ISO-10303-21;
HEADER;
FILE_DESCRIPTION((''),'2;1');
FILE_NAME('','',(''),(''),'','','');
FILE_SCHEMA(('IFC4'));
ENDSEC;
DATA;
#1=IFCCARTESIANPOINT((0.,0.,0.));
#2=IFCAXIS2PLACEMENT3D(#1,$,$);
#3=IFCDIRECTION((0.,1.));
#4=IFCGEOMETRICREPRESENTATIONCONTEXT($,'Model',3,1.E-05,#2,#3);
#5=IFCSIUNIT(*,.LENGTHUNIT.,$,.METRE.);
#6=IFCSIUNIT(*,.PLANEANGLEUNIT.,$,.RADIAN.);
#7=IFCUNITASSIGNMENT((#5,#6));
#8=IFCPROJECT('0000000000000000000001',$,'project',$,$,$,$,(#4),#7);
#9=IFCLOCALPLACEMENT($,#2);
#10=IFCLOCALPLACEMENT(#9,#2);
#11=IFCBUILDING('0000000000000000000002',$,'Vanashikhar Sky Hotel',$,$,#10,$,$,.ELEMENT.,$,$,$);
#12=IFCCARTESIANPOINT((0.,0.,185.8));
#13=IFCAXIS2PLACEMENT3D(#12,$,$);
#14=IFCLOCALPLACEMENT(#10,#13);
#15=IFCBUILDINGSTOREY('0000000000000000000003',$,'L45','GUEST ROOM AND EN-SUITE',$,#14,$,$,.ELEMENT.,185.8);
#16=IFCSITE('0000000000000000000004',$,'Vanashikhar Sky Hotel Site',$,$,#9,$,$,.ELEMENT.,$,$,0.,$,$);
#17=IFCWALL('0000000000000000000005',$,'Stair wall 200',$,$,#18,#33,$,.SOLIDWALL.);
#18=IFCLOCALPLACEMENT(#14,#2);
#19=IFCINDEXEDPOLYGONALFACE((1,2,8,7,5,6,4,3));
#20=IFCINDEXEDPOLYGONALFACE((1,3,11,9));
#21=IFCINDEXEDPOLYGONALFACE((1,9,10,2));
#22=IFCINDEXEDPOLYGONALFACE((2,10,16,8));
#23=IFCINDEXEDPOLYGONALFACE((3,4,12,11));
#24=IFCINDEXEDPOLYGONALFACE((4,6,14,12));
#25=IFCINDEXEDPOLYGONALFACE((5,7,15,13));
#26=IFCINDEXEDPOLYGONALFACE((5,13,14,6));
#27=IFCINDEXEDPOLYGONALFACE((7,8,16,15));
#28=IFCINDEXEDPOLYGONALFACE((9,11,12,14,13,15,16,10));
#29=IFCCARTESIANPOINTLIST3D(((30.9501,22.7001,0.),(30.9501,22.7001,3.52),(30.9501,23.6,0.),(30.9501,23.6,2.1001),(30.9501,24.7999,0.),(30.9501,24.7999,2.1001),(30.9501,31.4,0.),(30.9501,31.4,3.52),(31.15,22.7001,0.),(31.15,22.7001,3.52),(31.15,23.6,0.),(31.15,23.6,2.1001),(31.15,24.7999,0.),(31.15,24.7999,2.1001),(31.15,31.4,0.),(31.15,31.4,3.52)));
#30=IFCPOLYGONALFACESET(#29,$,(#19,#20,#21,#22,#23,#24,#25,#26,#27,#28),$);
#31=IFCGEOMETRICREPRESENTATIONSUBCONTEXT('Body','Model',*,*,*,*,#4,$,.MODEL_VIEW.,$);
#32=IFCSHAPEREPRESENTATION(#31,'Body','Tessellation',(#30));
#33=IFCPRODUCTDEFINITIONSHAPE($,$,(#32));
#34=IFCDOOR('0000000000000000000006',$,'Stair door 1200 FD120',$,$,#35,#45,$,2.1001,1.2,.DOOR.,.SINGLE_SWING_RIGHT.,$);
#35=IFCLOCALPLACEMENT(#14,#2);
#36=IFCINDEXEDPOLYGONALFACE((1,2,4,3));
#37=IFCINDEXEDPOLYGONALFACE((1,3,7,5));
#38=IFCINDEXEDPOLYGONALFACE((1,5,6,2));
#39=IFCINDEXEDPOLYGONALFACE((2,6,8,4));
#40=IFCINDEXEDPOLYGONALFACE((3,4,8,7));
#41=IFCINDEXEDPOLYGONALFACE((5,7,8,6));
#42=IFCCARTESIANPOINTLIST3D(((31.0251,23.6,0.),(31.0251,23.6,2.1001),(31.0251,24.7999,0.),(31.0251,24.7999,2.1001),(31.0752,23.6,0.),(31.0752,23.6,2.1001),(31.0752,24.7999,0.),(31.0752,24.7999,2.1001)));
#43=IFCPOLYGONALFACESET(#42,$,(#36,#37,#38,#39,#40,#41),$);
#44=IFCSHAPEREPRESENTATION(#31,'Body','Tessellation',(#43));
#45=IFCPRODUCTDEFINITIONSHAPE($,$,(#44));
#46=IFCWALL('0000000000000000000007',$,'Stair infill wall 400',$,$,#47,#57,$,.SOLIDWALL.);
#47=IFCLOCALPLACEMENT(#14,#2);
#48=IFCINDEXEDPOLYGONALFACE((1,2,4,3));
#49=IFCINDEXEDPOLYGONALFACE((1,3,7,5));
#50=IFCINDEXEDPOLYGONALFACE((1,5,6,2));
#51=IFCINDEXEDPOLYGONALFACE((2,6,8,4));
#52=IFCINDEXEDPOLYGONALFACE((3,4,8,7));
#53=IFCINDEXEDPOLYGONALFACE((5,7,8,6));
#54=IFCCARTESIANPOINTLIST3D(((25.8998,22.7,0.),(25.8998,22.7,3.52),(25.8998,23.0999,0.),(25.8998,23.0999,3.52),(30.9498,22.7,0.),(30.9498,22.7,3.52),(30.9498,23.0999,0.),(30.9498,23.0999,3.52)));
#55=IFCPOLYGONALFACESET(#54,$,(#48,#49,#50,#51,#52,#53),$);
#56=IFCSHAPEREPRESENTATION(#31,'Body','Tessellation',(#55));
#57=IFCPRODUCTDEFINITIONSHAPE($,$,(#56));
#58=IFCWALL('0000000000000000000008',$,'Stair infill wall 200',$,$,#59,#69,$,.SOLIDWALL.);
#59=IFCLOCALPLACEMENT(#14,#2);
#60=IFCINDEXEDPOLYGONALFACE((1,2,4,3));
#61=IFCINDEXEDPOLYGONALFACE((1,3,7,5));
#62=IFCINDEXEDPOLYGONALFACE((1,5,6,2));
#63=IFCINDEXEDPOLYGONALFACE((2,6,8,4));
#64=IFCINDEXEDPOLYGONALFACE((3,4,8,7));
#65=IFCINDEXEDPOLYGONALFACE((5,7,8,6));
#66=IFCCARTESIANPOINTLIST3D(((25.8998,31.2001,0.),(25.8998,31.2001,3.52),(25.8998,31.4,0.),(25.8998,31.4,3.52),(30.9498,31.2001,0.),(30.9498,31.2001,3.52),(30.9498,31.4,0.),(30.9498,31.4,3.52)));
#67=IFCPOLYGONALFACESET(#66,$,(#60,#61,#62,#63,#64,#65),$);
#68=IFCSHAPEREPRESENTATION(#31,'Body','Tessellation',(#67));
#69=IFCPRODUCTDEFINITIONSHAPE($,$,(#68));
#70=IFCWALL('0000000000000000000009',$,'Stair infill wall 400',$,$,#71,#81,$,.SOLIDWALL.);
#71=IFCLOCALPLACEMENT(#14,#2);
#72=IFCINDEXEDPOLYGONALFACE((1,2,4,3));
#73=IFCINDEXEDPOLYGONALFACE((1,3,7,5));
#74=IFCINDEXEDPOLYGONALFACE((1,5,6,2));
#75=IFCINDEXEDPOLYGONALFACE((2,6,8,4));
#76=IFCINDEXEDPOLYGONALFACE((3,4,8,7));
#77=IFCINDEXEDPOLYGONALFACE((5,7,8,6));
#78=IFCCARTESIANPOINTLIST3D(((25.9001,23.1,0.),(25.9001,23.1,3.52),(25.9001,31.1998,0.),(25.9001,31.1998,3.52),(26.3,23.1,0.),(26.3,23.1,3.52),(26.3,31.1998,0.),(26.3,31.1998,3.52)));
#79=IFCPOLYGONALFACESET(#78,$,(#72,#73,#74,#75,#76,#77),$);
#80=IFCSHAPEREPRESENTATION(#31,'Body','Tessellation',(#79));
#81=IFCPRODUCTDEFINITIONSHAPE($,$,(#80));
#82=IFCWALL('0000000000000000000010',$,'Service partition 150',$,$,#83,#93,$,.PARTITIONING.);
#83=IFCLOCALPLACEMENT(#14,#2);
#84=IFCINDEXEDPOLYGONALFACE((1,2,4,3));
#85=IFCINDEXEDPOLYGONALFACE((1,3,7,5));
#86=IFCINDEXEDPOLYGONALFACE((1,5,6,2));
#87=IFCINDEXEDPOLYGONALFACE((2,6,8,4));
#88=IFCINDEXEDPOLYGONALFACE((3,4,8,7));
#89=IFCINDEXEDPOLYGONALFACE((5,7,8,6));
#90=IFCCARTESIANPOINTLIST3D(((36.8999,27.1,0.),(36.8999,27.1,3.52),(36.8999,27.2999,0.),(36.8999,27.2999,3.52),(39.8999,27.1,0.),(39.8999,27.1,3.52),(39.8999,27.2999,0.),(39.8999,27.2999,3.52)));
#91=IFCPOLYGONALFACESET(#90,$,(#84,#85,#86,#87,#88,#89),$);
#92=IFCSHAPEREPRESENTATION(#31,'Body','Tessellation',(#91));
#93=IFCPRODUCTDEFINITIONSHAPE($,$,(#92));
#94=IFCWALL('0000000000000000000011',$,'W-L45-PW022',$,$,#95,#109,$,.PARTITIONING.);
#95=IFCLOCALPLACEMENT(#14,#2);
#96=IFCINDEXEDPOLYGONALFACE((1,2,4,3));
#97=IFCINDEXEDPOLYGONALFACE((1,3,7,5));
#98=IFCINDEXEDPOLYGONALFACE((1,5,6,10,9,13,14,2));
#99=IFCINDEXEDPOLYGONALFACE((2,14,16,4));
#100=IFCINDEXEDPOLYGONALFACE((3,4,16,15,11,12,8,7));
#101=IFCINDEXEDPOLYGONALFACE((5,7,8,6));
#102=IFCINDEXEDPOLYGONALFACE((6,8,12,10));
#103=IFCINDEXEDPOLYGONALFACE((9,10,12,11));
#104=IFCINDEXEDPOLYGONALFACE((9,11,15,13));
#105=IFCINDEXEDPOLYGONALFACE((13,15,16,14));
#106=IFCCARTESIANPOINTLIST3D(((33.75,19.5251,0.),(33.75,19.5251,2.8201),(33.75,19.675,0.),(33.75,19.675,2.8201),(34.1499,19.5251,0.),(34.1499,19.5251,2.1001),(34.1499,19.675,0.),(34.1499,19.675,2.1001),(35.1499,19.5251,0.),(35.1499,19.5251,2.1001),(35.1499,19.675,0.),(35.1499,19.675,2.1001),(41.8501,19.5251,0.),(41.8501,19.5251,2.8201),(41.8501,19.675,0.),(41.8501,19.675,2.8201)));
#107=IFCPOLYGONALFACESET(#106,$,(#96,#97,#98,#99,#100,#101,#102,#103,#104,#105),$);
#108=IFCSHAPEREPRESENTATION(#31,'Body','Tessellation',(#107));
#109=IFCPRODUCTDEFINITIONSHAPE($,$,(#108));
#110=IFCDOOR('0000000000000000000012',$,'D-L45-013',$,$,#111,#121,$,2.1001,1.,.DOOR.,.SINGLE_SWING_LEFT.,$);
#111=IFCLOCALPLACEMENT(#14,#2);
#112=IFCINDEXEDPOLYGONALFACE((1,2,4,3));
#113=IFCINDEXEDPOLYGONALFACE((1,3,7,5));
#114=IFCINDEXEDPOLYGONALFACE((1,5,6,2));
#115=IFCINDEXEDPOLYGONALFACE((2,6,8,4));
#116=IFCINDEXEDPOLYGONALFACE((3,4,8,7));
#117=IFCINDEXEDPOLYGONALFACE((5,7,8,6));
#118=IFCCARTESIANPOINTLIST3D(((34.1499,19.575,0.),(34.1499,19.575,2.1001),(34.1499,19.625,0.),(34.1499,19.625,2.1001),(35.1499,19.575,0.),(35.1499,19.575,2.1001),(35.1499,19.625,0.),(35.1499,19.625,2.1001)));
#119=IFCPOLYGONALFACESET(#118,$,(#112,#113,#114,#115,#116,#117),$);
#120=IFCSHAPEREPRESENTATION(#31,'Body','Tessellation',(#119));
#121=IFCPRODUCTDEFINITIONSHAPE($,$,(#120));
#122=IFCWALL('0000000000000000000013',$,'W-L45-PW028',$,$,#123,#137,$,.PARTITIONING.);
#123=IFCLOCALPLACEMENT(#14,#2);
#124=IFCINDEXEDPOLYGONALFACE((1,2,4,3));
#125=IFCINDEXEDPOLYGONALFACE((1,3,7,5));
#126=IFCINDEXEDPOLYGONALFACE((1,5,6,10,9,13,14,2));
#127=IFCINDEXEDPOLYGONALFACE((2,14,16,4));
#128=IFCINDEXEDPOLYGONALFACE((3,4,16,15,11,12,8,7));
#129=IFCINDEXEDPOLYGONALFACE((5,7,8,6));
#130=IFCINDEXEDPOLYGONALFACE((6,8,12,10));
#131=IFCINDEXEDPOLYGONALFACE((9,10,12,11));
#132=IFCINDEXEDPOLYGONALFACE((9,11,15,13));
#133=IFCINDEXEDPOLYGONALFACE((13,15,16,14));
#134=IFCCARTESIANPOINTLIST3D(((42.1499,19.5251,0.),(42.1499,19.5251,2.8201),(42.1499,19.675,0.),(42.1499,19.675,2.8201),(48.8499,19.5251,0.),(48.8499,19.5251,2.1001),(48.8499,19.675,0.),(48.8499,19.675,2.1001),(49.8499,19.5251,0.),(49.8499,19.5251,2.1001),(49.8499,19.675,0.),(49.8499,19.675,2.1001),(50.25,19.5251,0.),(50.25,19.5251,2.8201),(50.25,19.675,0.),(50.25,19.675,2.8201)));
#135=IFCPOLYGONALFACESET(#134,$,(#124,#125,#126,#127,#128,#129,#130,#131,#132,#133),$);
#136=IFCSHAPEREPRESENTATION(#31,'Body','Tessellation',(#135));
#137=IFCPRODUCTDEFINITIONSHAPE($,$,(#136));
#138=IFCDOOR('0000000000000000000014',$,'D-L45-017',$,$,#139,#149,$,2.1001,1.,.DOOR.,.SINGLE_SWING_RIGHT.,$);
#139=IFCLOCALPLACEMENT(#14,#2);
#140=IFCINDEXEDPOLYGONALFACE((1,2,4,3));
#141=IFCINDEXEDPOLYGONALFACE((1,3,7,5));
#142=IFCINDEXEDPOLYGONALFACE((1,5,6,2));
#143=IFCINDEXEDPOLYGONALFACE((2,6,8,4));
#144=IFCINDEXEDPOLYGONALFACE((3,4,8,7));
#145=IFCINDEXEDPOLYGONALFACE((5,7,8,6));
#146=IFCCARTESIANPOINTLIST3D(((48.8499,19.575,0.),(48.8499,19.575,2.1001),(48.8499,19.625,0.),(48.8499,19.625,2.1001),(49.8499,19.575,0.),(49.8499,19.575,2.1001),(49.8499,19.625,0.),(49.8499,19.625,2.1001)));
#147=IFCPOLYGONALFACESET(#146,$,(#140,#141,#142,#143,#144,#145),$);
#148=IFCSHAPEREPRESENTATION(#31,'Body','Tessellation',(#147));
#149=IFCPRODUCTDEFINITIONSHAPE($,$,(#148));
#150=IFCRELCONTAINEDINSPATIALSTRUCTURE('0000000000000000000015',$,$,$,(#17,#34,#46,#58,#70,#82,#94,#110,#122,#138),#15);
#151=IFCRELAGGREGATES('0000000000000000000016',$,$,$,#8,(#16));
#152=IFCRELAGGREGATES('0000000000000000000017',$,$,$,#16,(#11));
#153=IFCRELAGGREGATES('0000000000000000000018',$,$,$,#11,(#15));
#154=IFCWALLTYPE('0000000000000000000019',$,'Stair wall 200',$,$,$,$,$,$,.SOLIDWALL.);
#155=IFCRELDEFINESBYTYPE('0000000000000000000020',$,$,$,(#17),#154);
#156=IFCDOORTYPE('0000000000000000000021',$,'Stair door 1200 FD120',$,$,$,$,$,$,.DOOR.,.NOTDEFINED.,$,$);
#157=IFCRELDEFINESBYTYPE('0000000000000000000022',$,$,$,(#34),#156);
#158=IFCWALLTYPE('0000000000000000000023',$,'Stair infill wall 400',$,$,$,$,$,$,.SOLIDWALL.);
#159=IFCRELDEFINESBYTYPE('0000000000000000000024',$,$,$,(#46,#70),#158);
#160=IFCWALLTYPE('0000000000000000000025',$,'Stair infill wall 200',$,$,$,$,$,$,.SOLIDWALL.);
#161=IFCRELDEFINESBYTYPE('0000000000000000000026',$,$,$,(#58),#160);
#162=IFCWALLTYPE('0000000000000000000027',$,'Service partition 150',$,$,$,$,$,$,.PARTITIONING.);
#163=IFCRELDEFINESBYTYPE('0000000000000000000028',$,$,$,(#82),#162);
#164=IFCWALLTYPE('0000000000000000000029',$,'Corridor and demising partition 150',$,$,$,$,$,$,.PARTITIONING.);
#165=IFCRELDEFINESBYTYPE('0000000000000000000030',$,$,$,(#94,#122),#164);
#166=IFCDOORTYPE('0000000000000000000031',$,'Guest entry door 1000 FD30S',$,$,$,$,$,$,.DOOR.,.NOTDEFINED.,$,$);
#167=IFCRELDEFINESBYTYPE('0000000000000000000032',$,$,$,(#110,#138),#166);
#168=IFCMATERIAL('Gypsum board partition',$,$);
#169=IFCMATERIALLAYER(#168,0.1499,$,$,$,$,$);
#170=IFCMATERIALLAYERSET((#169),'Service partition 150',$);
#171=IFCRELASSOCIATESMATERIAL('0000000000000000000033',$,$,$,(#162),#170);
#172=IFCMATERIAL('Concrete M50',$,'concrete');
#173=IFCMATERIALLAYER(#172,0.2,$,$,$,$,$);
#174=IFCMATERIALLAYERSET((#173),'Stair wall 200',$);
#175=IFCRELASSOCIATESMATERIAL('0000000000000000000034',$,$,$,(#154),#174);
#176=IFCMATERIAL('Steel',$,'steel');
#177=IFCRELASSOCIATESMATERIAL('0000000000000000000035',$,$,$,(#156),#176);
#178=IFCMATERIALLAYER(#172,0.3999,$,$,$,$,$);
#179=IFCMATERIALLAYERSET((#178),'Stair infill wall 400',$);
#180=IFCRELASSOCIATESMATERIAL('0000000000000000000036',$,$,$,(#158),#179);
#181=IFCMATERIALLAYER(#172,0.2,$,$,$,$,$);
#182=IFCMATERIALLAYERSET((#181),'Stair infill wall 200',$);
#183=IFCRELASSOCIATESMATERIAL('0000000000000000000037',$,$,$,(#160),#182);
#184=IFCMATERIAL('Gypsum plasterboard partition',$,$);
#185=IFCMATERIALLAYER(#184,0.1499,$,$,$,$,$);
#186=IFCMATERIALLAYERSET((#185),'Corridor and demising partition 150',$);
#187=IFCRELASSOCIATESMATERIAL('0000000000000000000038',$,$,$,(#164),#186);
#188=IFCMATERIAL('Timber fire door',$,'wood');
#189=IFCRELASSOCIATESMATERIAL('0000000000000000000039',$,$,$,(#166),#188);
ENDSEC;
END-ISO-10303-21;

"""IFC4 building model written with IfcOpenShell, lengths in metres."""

from ifc_helpers import new_model, si_unit, direction, frame, frame_2d, origin, place, context, subcontext, project, spatial, rectangle, extrude, source, transform, mapped, material, layer, layer_set, type_object, element, fill, save


model = new_model("IFC4")

# Units and contexts
model_context = context("Model", 3, precision=1e-05, world=origin(), true_north=direction((0.0, 1.0)))
body_context = subcontext(model_context, "Body", "Model", "MODEL_VIEW")
ifc_project = project(units=[si_unit("LENGTHUNIT", "METRE"), si_unit("PLANEANGLEUNIT", "RADIAN")], contexts=[model_context])

# Site, building, storey
site_placement = place(None, origin())
site = spatial("IfcSite", under=ifc_project, at=site_placement, Name="Vanashikhar Sky Hotel Site", CompositionType="ELEMENT", RefElevation=0.0)
building_placement = place(site_placement, origin())
building = spatial("IfcBuilding", under=site, at=building_placement, Name="Vanashikhar Sky Hotel", CompositionType="ELEMENT")
storey_placement = place(building_placement, frame((0.0, 0.0, 185.8)))
storey = spatial("IfcBuildingStorey", under=building, at=storey_placement, Name="L45", Description="GUEST ROOM AND EN-SUITE", CompositionType="ELEMENT", Elevation=185.8)

# Shared definitions
ifc_material_1 = material(Name="Steel", Category="steel")

# Shared definitions
ifc_material_2 = material(Name="Gypsum board partition")
ifc_layer_1 = layer(ifc_material_2, 0.1499)
ifc_layer_set_1 = layer_set([ifc_layer_1], Name="Service partition 150")
wall_type_1 = type_object("IfcWallType", Name="Service partition 150", PredefinedType="PARTITIONING", material=ifc_layer_set_1)

# Wall, opening, door
ifc_material_3 = material(Name="Concrete M50", Category="concrete")
ifc_layer_2 = layer(ifc_material_3, 0.2)
ifc_layer_set_2 = layer_set([ifc_layer_2], Name="Stair wall 200")
wall_type_2 = type_object("IfcWallType", Name="Stair wall 200", PredefinedType="SOLIDWALL", material=ifc_layer_set_2)
shared_shape_1 = source(origin(), body_context, "Body", "SweptSolid", [
    extrude(rectangle(XDim=8.7, YDim=0.2, at=frame_2d((4.3501, 0.0))), origin(), (0.0, 0.0, 1.0), 3.52),
])
wall_1_placement = place(storey_placement, frame((31.05, 22.7, 0.0), z_axis=(0.0, 0.0, 1.0), x_axis=(0.0, 1.0, 0.0)))
wall_1 = element("IfcWall", 1, at=wall_1_placement, inside=storey, type_object=wall_type_2, Name="Stair wall 200", PredefinedType="SOLIDWALL", context=body_context, shape_type="MappedRepresentation", body=[
    mapped(shared_shape_1, transform((0.0, 0.0, 0.0), scale=1.0)),
])
shared_shape_2 = source(origin(), body_context, "Body", "SweptSolid", [
    extrude(rectangle(XDim=1.2, YDim=2.1001, at=frame_2d((0.6001, 1.05))), frame((0.0, 0.1099, 0.0), z_axis=(0.0, -1.0, 0.0), x_axis=(1.0, 0.0, 0.0)), (0.0, 0.0, 1.0), 0.22),
])
opening_1_placement = place(wall_1_placement, frame((0.8999, 0.0, 0.0)))
opening_1 = element("IfcOpeningElement", 2, at=opening_1_placement, cuts=wall_1, PredefinedType="OPENING", context=body_context, shape_type="MappedRepresentation", body=[
    mapped(shared_shape_2, transform((0.0, 0.0, 0.0), scale=1.0)),
])
door_type_1 = type_object("IfcDoorType", Name="Stair door 1200 FD120", OperationType="NOTDEFINED", PredefinedType="DOOR", material=ifc_material_1)
shared_shape_3 = source(origin(), body_context, "Body", "SweptSolid", [
    extrude(rectangle(XDim=1.2, YDim=2.1001, at=frame_2d((0.6001, 1.05))), frame((0.0, 0.0249, 0.0), z_axis=(0.0, -1.0, 0.0), x_axis=(1.0, 0.0, 0.0)), (0.0, 0.0, 1.0), 0.05),
])
door_1_placement = place(opening_1_placement, origin())
door_1 = element("IfcDoor", 3, at=door_1_placement, inside=storey, type_object=door_type_1, Name="Stair door 1200 FD120", OperationType="SINGLE_SWING_RIGHT", OverallHeight=2.1001, OverallWidth=1.2, PredefinedType="DOOR", context=body_context, shape_type="MappedRepresentation", body=[
    mapped(shared_shape_3, transform((0.0, 0.0, 0.0), scale=1.0)),
])
fill(opening_1, door_1)

# Walls
ifc_layer_3 = layer(ifc_material_3, 0.3999)
ifc_layer_set_3 = layer_set([ifc_layer_3], Name="Stair infill wall 400")
wall_type_3 = type_object("IfcWallType", Name="Stair infill wall 400", PredefinedType="SOLIDWALL", material=ifc_layer_set_3)
shared_shape_4 = source(origin(), body_context, "Body", "SweptSolid", [
    extrude(rectangle(XDim=5.05, YDim=0.3999, at=frame_2d((2.5249, 0.0))), origin(), (0.0, 0.0, 1.0), 3.52),
])
wall_2_placement = place(storey_placement, frame((25.8999, 22.8999, 0.0), z_axis=(0.0, 0.0, 1.0), x_axis=(1.0, 0.0, 0.0)))
element("IfcWall", 4, at=wall_2_placement, inside=storey, type_object=wall_type_3, Name="Stair infill wall 400", PredefinedType="SOLIDWALL", context=body_context, shape_type="MappedRepresentation", body=[
    mapped(shared_shape_4, transform((0.0, 0.0, 0.0), scale=1.0)),
])
ifc_layer_4 = layer(ifc_material_3, 0.2)
ifc_layer_set_4 = layer_set([ifc_layer_4], Name="Stair infill wall 200")
wall_type_4 = type_object("IfcWallType", Name="Stair infill wall 200", PredefinedType="SOLIDWALL", material=ifc_layer_set_4)
shared_shape_5 = source(origin(), body_context, "Body", "SweptSolid", [
    extrude(rectangle(XDim=5.05, YDim=0.2, at=frame_2d((2.5249, 0.0))), origin(), (0.0, 0.0, 1.0), 3.52),
])
wall_3_placement = place(storey_placement, frame((25.8999, 31.3, 0.0), z_axis=(0.0, 0.0, 1.0), x_axis=(1.0, 0.0, 0.0)))
element("IfcWall", 5, at=wall_3_placement, inside=storey, type_object=wall_type_4, Name="Stair infill wall 200", PredefinedType="SOLIDWALL", context=body_context, shape_type="MappedRepresentation", body=[
    mapped(shared_shape_5, transform((0.0, 0.0, 0.0), scale=1.0)),
])
shared_shape_6 = source(origin(), body_context, "Body", "SweptSolid", [
    extrude(rectangle(XDim=8.0999, YDim=0.3999, at=frame_2d((4.0498, 0.0))), origin(), (0.0, 0.0, 1.0), 3.52),
])
wall_4_placement = place(storey_placement, frame((26.1001, 23.1001, 0.0), z_axis=(0.0, 0.0, 1.0), x_axis=(0.0, 1.0, 0.0)))
element("IfcWall", 6, at=wall_4_placement, inside=storey, type_object=wall_type_3, Name="Stair infill wall 400", PredefinedType="SOLIDWALL", context=body_context, shape_type="MappedRepresentation", body=[
    mapped(shared_shape_6, transform((0.0, 0.0, 0.0), scale=1.0)),
])
shared_shape_7 = source(origin(), body_context, "Body", "SweptSolid", [
    extrude(rectangle(XDim=3.0, YDim=0.2, at=frame_2d((1.5, 0.0))), origin(), (0.0, 0.0, 1.0), 3.52),
])
wall_5_placement = place(storey_placement, frame((36.8999, 27.2, 0.0), z_axis=(0.0, 0.0, 1.0), x_axis=(1.0, 0.0, 0.0)))
element("IfcWall", 7, at=wall_5_placement, inside=storey, type_object=wall_type_1, Name="Service partition 150", PredefinedType="PARTITIONING", context=body_context, shape_type="MappedRepresentation", body=[
    mapped(shared_shape_7, transform((0.0, 0.0, 0.0), scale=1.0)),
])

# Walls, openings, doors
ifc_material_4 = material(Name="Gypsum plasterboard partition")
ifc_layer_5 = layer(ifc_material_4, 0.1499)
ifc_layer_set_5 = layer_set([ifc_layer_5], Name="Corridor and demising partition 150")
wall_type_5 = type_object("IfcWallType", Name="Corridor and demising partition 150", PredefinedType="PARTITIONING", material=ifc_layer_set_5)
shared_shape_8 = source(origin(), body_context, "Body", "SweptSolid", [
    extrude(rectangle(XDim=8.1001, YDim=0.1499, at=frame_2d((4.05, 0.0))), origin(), (0.0, 0.0, 1.0), 2.8201),
])
wall_6_placement = place(storey_placement, frame((33.75, 19.6001, 0.0), z_axis=(0.0, 0.0, 1.0), x_axis=(1.0, 0.0, 0.0)))
wall_6 = element("IfcWall", 8, at=wall_6_placement, inside=storey, type_object=wall_type_5, Name="W-L45-PW022", PredefinedType="PARTITIONING", context=body_context, shape_type="MappedRepresentation", body=[
    mapped(shared_shape_8, transform((0.0, 0.0, 0.0), scale=1.0)),
])
shared_shape_9 = source(origin(), body_context, "Body", "SweptSolid", [
    extrude(rectangle(XDim=1.0, YDim=2.1001, at=frame_2d((0.5, 1.05))), frame((0.0, 0.085, 0.0), z_axis=(0.0, -1.0, 0.0), x_axis=(1.0, 0.0, 0.0)), (0.0, 0.0, 1.0), 0.1699),
])
opening_2_placement = place(wall_6_placement, frame((0.3999, 0.0, 0.0)))
opening_2 = element("IfcOpeningElement", 9, at=opening_2_placement, cuts=wall_6, PredefinedType="OPENING", context=body_context, shape_type="MappedRepresentation", body=[
    mapped(shared_shape_9, transform((0.0, 0.0, 0.0), scale=1.0)),
])
ifc_material_5 = material(Name="Timber fire door", Category="wood")
door_type_2 = type_object("IfcDoorType", Name="Guest entry door 1000 FD30S", OperationType="NOTDEFINED", PredefinedType="DOOR", material=ifc_material_5)
shared_shape_10 = source(origin(), body_context, "Body", "SweptSolid", [
    extrude(rectangle(XDim=1.0, YDim=2.1001, at=frame_2d((0.5, 1.05))), frame((0.0, 0.0249, 0.0), z_axis=(0.0, -1.0, 0.0), x_axis=(1.0, 0.0, 0.0)), (0.0, 0.0, 1.0), 0.05),
])
door_2_placement = place(opening_2_placement, origin())
door_2 = element("IfcDoor", 10, at=door_2_placement, inside=storey, type_object=door_type_2, Name="D-L45-013", OperationType="SINGLE_SWING_LEFT", OverallHeight=2.1001, OverallWidth=1.0, PredefinedType="DOOR", context=body_context, shape_type="MappedRepresentation", body=[
    mapped(shared_shape_10, transform((0.0, 0.0, 0.0), scale=1.0)),
])
fill(opening_2, door_2)
wall_7_placement = place(storey_placement, frame((42.1499, 19.6001, 0.0), z_axis=(0.0, 0.0, 1.0), x_axis=(1.0, 0.0, 0.0)))
wall_7 = element("IfcWall", 11, at=wall_7_placement, inside=storey, type_object=wall_type_5, Name="W-L45-PW028", PredefinedType="PARTITIONING", context=body_context, shape_type="MappedRepresentation", body=[
    mapped(shared_shape_8, transform((0.0, 0.0, 0.0), scale=1.0)),
])
opening_3_placement = place(wall_7_placement, frame((6.7, 0.0, 0.0)))
opening_3 = element("IfcOpeningElement", 12, at=opening_3_placement, cuts=wall_7, PredefinedType="OPENING", context=body_context, shape_type="MappedRepresentation", body=[
    mapped(shared_shape_9, transform((0.0, 0.0, 0.0), scale=1.0)),
])
door_3_placement = place(opening_3_placement, origin())
door_3 = element("IfcDoor", 13, at=door_3_placement, inside=storey, type_object=door_type_2, Name="D-L45-017", OperationType="SINGLE_SWING_RIGHT", OverallHeight=2.1001, OverallWidth=1.0, PredefinedType="DOOR", context=body_context, shape_type="MappedRepresentation", body=[
    mapped(shared_shape_10, transform((0.0, 0.0, 0.0), scale=1.0)),
])
fill(opening_3, door_3)

save(model, "model.ifc")
